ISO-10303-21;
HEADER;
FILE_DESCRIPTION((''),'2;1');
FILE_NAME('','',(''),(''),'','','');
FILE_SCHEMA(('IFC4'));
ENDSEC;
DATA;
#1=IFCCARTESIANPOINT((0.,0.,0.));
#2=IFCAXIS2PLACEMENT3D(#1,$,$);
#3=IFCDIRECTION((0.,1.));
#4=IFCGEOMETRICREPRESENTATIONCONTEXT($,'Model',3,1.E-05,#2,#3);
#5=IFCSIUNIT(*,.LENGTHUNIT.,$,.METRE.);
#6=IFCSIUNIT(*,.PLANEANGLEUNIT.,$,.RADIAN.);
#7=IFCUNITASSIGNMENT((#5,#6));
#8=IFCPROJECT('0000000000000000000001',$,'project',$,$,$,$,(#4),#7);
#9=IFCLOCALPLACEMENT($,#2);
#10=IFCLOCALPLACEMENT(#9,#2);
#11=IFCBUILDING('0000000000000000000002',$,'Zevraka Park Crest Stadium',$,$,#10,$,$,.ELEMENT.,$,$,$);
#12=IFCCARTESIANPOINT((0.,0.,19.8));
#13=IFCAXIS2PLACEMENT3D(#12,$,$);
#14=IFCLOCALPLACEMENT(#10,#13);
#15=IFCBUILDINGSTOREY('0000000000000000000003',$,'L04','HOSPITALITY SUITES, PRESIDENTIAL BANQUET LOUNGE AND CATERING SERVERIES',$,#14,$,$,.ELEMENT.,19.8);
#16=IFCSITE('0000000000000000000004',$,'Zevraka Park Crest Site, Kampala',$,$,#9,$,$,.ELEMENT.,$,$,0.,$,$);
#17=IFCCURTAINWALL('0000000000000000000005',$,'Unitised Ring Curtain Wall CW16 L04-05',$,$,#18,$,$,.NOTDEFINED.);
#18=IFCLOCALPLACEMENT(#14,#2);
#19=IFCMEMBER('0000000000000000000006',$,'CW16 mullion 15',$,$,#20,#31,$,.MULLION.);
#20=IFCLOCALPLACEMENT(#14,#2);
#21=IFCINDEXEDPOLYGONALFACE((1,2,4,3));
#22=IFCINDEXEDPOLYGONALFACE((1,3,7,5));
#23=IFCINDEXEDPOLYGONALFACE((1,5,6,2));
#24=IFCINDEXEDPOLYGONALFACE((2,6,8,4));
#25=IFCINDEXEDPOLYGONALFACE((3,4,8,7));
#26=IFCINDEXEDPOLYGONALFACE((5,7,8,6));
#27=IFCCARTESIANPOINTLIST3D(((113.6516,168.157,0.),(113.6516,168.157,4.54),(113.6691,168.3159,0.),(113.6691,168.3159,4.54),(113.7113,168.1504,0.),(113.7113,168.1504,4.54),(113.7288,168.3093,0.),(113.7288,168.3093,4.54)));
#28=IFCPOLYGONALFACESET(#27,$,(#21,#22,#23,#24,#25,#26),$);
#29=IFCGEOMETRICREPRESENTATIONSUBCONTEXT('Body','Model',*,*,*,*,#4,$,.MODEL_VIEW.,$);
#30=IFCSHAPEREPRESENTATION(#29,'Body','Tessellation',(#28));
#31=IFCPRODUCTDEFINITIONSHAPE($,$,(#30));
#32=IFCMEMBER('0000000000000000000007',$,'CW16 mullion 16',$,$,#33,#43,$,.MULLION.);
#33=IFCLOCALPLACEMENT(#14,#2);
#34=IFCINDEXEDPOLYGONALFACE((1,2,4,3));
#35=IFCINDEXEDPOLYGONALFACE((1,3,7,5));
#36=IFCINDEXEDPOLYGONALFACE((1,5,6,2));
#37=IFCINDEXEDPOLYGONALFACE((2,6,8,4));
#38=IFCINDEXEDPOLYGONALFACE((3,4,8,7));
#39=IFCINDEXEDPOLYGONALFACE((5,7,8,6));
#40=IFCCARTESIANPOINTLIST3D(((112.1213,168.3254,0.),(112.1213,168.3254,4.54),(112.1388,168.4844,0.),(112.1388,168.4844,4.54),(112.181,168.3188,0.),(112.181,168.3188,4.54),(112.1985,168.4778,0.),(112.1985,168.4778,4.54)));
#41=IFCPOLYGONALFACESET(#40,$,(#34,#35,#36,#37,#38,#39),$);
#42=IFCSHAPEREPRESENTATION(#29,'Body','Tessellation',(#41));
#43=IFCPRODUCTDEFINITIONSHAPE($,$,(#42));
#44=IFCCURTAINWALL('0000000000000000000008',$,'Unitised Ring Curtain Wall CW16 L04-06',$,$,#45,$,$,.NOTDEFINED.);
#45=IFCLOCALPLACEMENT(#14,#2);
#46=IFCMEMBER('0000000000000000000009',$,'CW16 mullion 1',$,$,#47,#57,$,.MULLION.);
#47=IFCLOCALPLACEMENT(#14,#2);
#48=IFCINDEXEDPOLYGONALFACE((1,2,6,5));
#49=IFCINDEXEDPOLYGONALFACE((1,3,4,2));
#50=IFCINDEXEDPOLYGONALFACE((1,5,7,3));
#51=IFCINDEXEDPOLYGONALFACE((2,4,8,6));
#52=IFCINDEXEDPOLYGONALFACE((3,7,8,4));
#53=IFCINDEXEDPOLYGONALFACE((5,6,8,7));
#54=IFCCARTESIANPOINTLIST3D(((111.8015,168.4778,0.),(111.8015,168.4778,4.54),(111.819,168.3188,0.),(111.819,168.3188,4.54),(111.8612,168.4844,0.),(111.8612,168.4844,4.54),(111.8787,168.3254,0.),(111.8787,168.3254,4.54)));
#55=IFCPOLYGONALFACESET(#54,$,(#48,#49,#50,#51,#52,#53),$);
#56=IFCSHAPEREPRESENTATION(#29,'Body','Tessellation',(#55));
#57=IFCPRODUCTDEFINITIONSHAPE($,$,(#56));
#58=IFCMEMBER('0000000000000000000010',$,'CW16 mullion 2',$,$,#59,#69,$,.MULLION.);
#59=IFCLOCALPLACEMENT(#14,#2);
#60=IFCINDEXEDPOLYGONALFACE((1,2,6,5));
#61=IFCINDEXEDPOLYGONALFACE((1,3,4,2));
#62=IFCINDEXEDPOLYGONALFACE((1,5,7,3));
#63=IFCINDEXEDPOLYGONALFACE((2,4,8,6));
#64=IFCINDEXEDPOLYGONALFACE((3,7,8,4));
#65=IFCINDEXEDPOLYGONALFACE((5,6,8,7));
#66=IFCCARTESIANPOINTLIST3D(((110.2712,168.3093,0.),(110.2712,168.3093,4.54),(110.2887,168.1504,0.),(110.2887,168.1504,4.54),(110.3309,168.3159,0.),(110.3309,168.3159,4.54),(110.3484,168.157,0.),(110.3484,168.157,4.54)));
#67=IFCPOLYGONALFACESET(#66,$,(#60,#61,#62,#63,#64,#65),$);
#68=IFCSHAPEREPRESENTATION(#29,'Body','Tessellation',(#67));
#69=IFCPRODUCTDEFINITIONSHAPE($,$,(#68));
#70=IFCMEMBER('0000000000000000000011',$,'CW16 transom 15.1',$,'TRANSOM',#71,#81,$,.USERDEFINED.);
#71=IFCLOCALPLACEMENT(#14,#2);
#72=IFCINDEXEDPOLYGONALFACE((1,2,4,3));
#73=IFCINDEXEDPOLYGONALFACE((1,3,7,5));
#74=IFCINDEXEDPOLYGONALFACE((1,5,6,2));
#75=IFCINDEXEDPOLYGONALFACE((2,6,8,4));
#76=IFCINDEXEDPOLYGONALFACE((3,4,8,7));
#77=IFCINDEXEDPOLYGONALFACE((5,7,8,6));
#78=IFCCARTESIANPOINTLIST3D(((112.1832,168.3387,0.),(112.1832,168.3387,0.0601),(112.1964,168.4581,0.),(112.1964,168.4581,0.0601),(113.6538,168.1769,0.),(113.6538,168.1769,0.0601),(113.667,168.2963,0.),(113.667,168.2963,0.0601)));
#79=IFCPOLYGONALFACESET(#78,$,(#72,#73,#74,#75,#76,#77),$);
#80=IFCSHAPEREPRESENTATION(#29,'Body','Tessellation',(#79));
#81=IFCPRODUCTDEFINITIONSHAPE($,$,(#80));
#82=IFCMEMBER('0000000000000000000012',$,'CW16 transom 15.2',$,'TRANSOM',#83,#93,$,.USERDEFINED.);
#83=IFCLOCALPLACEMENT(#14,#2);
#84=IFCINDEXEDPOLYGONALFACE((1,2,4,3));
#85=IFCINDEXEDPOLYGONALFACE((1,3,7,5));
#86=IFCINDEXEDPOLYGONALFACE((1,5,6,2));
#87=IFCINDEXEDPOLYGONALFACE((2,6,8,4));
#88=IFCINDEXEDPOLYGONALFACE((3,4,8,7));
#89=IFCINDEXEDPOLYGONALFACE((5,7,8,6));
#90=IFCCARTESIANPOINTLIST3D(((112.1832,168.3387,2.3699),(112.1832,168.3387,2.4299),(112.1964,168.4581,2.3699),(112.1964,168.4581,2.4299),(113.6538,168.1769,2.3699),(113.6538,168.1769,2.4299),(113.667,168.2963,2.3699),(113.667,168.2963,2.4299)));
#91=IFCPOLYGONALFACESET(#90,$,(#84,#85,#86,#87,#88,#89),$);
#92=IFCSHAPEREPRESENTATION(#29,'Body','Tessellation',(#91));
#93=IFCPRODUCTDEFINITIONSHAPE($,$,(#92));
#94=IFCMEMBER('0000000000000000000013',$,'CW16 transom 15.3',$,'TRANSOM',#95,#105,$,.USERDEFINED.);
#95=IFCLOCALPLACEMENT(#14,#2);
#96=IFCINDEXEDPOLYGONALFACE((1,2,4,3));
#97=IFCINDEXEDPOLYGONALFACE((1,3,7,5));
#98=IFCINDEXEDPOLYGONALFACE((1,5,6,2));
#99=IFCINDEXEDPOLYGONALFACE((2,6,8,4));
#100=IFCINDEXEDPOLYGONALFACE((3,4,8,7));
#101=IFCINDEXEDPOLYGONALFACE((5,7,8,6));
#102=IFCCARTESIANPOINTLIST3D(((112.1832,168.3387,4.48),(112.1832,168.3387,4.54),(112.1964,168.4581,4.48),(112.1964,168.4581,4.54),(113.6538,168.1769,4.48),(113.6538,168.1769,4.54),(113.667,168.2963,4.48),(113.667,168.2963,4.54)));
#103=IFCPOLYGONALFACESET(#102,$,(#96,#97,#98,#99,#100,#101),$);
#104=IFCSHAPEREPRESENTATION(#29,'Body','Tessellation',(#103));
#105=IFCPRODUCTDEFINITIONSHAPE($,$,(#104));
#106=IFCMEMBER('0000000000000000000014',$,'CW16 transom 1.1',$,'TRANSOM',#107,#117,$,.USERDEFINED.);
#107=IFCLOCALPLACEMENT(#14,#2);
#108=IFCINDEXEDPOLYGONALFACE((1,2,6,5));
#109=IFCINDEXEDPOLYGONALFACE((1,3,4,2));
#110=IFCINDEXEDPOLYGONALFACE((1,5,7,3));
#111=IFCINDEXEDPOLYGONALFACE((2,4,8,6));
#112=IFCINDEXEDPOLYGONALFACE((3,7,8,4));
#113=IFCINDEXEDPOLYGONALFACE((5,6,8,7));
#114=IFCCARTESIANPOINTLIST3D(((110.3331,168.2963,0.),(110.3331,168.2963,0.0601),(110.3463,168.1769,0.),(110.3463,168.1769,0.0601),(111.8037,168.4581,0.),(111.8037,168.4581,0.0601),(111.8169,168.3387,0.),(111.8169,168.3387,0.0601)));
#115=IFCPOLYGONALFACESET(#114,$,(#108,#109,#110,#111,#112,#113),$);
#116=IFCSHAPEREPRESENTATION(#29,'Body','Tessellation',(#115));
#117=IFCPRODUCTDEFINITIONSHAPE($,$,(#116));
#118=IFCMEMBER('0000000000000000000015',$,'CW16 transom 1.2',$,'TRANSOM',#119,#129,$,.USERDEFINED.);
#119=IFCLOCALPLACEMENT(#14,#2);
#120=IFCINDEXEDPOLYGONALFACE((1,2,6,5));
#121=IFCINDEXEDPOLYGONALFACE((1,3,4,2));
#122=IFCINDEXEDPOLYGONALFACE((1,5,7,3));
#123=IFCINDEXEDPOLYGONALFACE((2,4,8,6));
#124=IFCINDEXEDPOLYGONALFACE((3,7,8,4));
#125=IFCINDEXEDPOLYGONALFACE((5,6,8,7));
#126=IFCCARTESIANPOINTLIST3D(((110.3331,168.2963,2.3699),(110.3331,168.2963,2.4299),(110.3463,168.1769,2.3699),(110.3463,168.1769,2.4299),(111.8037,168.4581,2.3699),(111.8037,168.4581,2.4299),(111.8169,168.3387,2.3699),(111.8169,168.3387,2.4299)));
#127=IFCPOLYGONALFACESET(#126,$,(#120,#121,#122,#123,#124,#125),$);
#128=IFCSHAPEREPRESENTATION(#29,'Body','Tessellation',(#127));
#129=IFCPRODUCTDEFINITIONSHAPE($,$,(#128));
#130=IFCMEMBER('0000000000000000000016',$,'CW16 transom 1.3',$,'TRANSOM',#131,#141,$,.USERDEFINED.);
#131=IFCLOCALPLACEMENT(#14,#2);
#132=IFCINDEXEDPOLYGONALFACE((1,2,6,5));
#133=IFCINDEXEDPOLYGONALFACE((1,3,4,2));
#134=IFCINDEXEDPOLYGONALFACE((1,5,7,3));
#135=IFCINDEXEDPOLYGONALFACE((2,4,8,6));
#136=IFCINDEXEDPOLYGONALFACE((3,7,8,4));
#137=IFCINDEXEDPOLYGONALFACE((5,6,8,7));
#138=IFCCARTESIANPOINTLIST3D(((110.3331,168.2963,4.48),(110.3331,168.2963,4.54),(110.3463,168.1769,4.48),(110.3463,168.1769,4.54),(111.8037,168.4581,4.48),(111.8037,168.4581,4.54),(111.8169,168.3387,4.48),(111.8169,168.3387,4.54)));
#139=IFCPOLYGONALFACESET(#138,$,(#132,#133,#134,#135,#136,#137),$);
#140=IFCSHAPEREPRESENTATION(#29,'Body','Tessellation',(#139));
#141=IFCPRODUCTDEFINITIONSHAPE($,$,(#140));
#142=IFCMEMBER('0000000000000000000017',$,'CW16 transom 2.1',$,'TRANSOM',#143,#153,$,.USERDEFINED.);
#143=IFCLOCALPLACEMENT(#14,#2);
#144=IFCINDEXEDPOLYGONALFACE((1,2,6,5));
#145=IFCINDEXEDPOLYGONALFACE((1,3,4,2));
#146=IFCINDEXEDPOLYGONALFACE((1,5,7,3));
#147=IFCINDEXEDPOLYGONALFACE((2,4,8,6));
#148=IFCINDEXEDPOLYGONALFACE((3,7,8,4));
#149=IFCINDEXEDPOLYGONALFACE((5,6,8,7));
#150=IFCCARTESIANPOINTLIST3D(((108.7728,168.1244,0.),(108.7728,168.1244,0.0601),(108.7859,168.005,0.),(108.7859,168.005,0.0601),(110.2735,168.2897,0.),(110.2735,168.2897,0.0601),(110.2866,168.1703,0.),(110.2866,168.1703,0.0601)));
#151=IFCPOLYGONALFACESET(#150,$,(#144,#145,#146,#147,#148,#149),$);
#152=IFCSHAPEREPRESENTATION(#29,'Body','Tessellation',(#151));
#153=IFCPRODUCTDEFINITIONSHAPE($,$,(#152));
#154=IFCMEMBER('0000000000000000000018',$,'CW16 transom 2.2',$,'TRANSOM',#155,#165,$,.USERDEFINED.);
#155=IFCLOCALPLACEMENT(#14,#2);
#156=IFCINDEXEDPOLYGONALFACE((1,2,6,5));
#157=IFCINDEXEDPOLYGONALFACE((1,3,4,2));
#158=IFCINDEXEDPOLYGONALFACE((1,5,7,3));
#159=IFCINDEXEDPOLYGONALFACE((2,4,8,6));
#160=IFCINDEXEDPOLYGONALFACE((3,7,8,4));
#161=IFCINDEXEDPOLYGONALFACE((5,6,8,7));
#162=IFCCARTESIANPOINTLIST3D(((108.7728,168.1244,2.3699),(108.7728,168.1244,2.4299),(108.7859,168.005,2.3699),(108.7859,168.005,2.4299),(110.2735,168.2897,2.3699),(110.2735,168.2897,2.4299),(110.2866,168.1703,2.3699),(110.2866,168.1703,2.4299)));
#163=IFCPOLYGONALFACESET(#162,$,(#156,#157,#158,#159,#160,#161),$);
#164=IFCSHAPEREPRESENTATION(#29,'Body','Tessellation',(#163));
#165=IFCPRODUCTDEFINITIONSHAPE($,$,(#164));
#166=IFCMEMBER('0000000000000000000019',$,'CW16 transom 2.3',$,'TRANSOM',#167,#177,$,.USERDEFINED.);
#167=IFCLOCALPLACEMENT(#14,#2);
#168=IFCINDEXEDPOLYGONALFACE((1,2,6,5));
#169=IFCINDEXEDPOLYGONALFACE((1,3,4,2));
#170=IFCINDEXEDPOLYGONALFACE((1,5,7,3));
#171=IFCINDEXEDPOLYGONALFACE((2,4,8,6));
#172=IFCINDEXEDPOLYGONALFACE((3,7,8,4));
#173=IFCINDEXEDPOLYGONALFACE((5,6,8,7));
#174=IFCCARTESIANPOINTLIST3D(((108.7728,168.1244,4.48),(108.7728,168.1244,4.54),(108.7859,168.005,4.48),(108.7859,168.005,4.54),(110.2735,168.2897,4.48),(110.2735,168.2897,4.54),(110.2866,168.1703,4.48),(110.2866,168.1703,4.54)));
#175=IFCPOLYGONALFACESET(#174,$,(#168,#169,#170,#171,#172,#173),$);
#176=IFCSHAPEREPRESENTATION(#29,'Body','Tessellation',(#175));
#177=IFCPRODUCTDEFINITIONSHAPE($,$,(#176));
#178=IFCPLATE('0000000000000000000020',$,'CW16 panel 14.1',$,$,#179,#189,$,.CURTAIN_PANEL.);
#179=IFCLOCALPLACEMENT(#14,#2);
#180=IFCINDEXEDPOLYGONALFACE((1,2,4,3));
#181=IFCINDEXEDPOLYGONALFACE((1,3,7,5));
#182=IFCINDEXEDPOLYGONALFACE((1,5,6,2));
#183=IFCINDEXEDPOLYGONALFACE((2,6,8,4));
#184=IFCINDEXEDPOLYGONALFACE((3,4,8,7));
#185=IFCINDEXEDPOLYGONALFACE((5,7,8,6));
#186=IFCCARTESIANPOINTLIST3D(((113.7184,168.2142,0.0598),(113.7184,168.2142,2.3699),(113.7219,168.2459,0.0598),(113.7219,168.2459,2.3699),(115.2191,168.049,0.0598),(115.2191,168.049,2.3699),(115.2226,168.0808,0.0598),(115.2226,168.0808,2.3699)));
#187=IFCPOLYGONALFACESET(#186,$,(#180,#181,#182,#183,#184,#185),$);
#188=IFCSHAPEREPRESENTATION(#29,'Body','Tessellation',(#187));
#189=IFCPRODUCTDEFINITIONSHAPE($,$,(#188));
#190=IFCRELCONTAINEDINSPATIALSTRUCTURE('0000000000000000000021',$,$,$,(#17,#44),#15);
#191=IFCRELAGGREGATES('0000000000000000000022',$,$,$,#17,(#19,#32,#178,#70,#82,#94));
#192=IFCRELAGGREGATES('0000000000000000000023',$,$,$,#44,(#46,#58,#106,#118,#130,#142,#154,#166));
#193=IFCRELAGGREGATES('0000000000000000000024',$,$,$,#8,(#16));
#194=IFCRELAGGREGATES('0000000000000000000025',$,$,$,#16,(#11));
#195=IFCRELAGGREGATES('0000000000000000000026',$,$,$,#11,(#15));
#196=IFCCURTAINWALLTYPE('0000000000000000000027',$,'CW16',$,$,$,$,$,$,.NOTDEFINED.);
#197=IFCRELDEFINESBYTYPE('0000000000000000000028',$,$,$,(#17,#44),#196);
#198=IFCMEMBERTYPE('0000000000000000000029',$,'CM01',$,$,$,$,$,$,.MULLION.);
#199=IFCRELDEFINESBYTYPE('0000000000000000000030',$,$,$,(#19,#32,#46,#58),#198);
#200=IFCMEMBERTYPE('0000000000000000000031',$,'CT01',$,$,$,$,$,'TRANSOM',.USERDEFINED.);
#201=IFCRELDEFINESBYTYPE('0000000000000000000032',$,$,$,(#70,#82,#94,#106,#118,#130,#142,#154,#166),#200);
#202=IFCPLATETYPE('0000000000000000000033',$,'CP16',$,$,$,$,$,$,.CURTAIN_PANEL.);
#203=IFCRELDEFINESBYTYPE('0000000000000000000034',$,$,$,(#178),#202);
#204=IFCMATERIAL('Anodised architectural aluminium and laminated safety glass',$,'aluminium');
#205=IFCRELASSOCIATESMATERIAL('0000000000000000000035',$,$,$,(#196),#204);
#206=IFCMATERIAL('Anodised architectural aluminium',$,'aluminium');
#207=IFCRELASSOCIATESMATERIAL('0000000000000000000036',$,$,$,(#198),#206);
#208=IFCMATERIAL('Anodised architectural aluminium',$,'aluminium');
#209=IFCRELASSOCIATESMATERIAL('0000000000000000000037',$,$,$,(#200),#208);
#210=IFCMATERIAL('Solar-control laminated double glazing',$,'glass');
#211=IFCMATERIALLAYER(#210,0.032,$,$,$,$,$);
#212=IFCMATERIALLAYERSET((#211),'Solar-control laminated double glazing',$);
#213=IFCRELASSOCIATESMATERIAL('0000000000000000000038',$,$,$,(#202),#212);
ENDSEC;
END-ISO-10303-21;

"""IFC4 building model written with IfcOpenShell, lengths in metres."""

from ifc_helpers import new_model, si_unit, direction, frame, origin, origin_2d, place, context, subcontext, project, spatial, rectangle, extrude, material, layer, layer_set, material_profile, profile_set, type_object, element, aggregate, save


model = new_model("IFC4")

# Units and contexts
model_context = context("Model", 3, precision=1e-05, world=origin(), true_north=direction((0.0, 1.0)))
body_context = subcontext(model_context, "Body", "Model", "MODEL_VIEW")
ifc_project = project(units=[si_unit("LENGTHUNIT", "METRE"), si_unit("PLANEANGLEUNIT", "RADIAN")], contexts=[model_context])

# Site, building, storey
site_placement = place(None, origin())
site = spatial("IfcSite", under=ifc_project, at=site_placement, Name="Zevraka Park Crest Site, Kampala", CompositionType="ELEMENT", RefElevation=0.0)
building_placement = place(site_placement, origin())
building = spatial("IfcBuilding", under=site, at=building_placement, Name="Zevraka Park Crest Stadium", CompositionType="ELEMENT")
storey_placement = place(building_placement, frame((0.0, 0.0, 19.8)))
storey = spatial("IfcBuildingStorey", under=building, at=storey_placement, Name="L04", Description="HOSPITALITY SUITES, PRESIDENTIAL BANQUET LOUNGE AND CATERING SERVERIES", CompositionType="ELEMENT", Elevation=19.8)

# Curtain walls, members
ifc_material_1 = material(Name="Anodised architectural aluminium and laminated safety glass", Category="aluminium")
curtain_wall_type = type_object("IfcCurtainWallType", Name="CW16", PredefinedType="NOTDEFINED", material=ifc_material_1)
curtain_wall_1_placement = place(storey_placement, origin())
curtain_wall_1 = element("IfcCurtainWall", 1, at=curtain_wall_1_placement, inside=storey, type_object=curtain_wall_type, Name="Unitised Ring Curtain Wall CW16 L04-05", PredefinedType="NOTDEFINED")
ifc_material_2 = material(Name="Anodised architectural aluminium", Category="aluminium")
ifc_material_profile_1 = material_profile(ifc_material_2, rectangle(XDim=0.1599, YDim=0.0601, at=origin_2d()), Name="ALU MULLION 160x60")
ifc_profile_set_1 = profile_set([ifc_material_profile_1], Name="Anodised architectural aluminium")
member_type_1 = type_object("IfcMemberType", Name="CM01", PredefinedType="MULLION", material=ifc_profile_set_1)
member_1_placement = place(storey_placement, frame((113.6902, 168.2332, 0.0), z_axis=(0.0, 0.0, 1.0), x_axis=(-0.109406, -0.993997, 0.0)))
member_1 = element("IfcMember", 2, at=member_1_placement, type_object=member_type_1, Name="CW16 mullion 15", PredefinedType="MULLION", context=body_context, shape_type="SweptSolid", body=[
    extrude(rectangle(XDim=0.1599, YDim=0.0601, at=origin_2d()), origin(), (0.0, 0.0, 1.0), 4.54),
])
member_2_placement = place(storey_placement, frame((112.1599, 168.4016, 0.0), z_axis=(0.0, 0.0, 1.0), x_axis=(-0.109406, -0.993997, 0.0)))
member_2 = element("IfcMember", 3, at=member_2_placement, type_object=member_type_1, Name="CW16 mullion 16", PredefinedType="MULLION", context=body_context, shape_type="SweptSolid", body=[
    extrude(rectangle(XDim=0.1599, YDim=0.0601, at=origin_2d()), origin(), (0.0, 0.0, 1.0), 4.54),
])
curtain_wall_2_placement = place(storey_placement, origin())
curtain_wall_2 = element("IfcCurtainWall", 4, at=curtain_wall_2_placement, inside=storey, type_object=curtain_wall_type, Name="Unitised Ring Curtain Wall CW16 L04-06", PredefinedType="NOTDEFINED")
member_3_placement = place(storey_placement, frame((111.8401, 168.4016, 0.0), z_axis=(0.0, 0.0, 1.0), x_axis=(0.109406, -0.993997, 0.0)))
member_3 = element("IfcMember", 5, at=member_3_placement, type_object=member_type_1, Name="CW16 mullion 1", PredefinedType="MULLION", context=body_context, shape_type="SweptSolid", body=[
    extrude(rectangle(XDim=0.1599, YDim=0.0601, at=origin_2d()), origin(), (0.0, 0.0, 1.0), 4.54),
])
member_4_placement = place(storey_placement, frame((110.3098, 168.2332, 0.0), z_axis=(0.0, 0.0, 1.0), x_axis=(0.109406, -0.993997, 0.0)))
member_4 = element("IfcMember", 6, at=member_4_placement, type_object=member_type_1, Name="CW16 mullion 2", PredefinedType="MULLION", context=body_context, shape_type="SweptSolid", body=[
    extrude(rectangle(XDim=0.1599, YDim=0.0601, at=origin_2d()), origin(), (0.0, 0.0, 1.0), 4.54),
])

# Members
ifc_material_3 = material(Name="Anodised architectural aluminium", Category="aluminium")
ifc_material_profile_2 = material_profile(ifc_material_3, rectangle(XDim=0.1201, YDim=0.0601, at=origin_2d()), Name="ALU TRANSOM 120x60")
ifc_profile_set_2 = profile_set([ifc_material_profile_2], Name="Anodised architectural aluminium")
member_type_2 = type_object("IfcMemberType", Name="CT01", ElementType="TRANSOM", PredefinedType="USERDEFINED", material=ifc_profile_set_2)
member_5_placement = place(storey_placement, frame((113.6604, 168.2366, 0.03), z_axis=(-0.993998, 0.109399, 0.0), x_axis=(-0.109399, -0.993998, 0.0)))
member_5 = element("IfcMember", 7, at=member_5_placement, type_object=member_type_2, Name="CW16 transom 15.1", ObjectType="TRANSOM", PredefinedType="USERDEFINED", context=body_context, shape_type="SweptSolid", body=[
    extrude(rectangle(XDim=0.1201, YDim=0.0601, at=origin_2d()), origin(), (0.0, 0.0, 1.0), 1.4795),
])
member_6_placement = place(storey_placement, frame((113.6604, 168.2366, 2.3999), z_axis=(-0.993998, 0.109399, 0.0), x_axis=(-0.109399, -0.993998, 0.0)))
member_6 = element("IfcMember", 8, at=member_6_placement, type_object=member_type_2, Name="CW16 transom 15.2", ObjectType="TRANSOM", PredefinedType="USERDEFINED", context=body_context, shape_type="SweptSolid", body=[
    extrude(rectangle(XDim=0.1201, YDim=0.0601, at=origin_2d()), origin(), (0.0, 0.0, 1.0), 1.4795),
])
member_7_placement = place(storey_placement, frame((113.6604, 168.2366, 4.51), z_axis=(-0.993998, 0.109399, 0.0), x_axis=(-0.109399, -0.993998, 0.0)))
member_7 = element("IfcMember", 9, at=member_7_placement, type_object=member_type_2, Name="CW16 transom 15.3", ObjectType="TRANSOM", PredefinedType="USERDEFINED", context=body_context, shape_type="SweptSolid", body=[
    extrude(rectangle(XDim=0.1201, YDim=0.0601, at=origin_2d()), origin(), (0.0, 0.0, 1.0), 1.4795),
])
member_8_placement = place(storey_placement, frame((111.8103, 168.3984, 0.03), z_axis=(-0.993998, -0.109399, 0.0), x_axis=(0.109399, -0.993998, 0.0)))
member_8 = element("IfcMember", 10, at=member_8_placement, type_object=member_type_2, Name="CW16 transom 1.1", ObjectType="TRANSOM", PredefinedType="USERDEFINED", context=body_context, shape_type="SweptSolid", body=[
    extrude(rectangle(XDim=0.1201, YDim=0.0601, at=origin_2d()), origin(), (0.0, 0.0, 1.0), 1.4795),
])
member_9_placement = place(storey_placement, frame((111.8103, 168.3984, 2.3999), z_axis=(-0.993998, -0.109399, 0.0), x_axis=(0.109399, -0.993998, 0.0)))
member_9 = element("IfcMember", 11, at=member_9_placement, type_object=member_type_2, Name="CW16 transom 1.2", ObjectType="TRANSOM", PredefinedType="USERDEFINED", context=body_context, shape_type="SweptSolid", body=[
    extrude(rectangle(XDim=0.1201, YDim=0.0601, at=origin_2d()), origin(), (0.0, 0.0, 1.0), 1.4795),
])
member_10_placement = place(storey_placement, frame((111.8103, 168.3984, 4.51), z_axis=(-0.993998, -0.109399, 0.0), x_axis=(0.109399, -0.993998, 0.0)))
member_10 = element("IfcMember", 12, at=member_10_placement, type_object=member_type_2, Name="CW16 transom 1.3", ObjectType="TRANSOM", PredefinedType="USERDEFINED", context=body_context, shape_type="SweptSolid", body=[
    extrude(rectangle(XDim=0.1201, YDim=0.0601, at=origin_2d()), origin(), (0.0, 0.0, 1.0), 1.4795),
])
member_11_placement = place(storey_placement, frame((110.28, 168.23, 0.03), z_axis=(-0.99399, -0.109473, 0.0), x_axis=(0.109473, -0.99399, 0.0)))
member_11 = element("IfcMember", 13, at=member_11_placement, type_object=member_type_2, Name="CW16 transom 2.1", ObjectType="TRANSOM", PredefinedType="USERDEFINED", context=body_context, shape_type="SweptSolid", body=[
    extrude(rectangle(XDim=0.1201, YDim=0.0601, at=origin_2d()), origin(), (0.0, 0.0, 1.0), 1.5098),
])
member_12_placement = place(storey_placement, frame((110.28, 168.23, 2.3999), z_axis=(-0.99399, -0.109473, 0.0), x_axis=(0.109473, -0.99399, 0.0)))
member_12 = element("IfcMember", 14, at=member_12_placement, type_object=member_type_2, Name="CW16 transom 2.2", ObjectType="TRANSOM", PredefinedType="USERDEFINED", context=body_context, shape_type="SweptSolid", body=[
    extrude(rectangle(XDim=0.1201, YDim=0.0601, at=origin_2d()), origin(), (0.0, 0.0, 1.0), 1.5098),
])
member_13_placement = place(storey_placement, frame((110.28, 168.23, 4.51), z_axis=(-0.99399, -0.109473, 0.0), x_axis=(0.109473, -0.99399, 0.0)))
member_13 = element("IfcMember", 15, at=member_13_placement, type_object=member_type_2, Name="CW16 transom 2.3", ObjectType="TRANSOM", PredefinedType="USERDEFINED", context=body_context, shape_type="SweptSolid", body=[
    extrude(rectangle(XDim=0.1201, YDim=0.0601, at=origin_2d()), origin(), (0.0, 0.0, 1.0), 1.5098),
])

# Plate
ifc_material_4 = material(Name="Solar-control laminated double glazing", Category="glass")
ifc_layer_1 = layer(ifc_material_4, 0.032)
ifc_layer_set_1 = layer_set([ifc_layer_1], Name="Solar-control laminated double glazing")
plate_type = type_object("IfcPlateType", Name="CP16", PredefinedType="CURTAIN_PANEL", material=ifc_layer_set_1)
plate_1_placement = place(storey_placement, frame((114.4705, 168.1475, 0.0598), z_axis=(0.0, 0.0, 1.0), x_axis=(-0.993997, 0.109406, 0.0)))
plate_1 = element("IfcPlate", 16, at=plate_1_placement, type_object=plate_type, Name="CW16 panel 14.1", PredefinedType="CURTAIN_PANEL", context=body_context, shape_type="SweptSolid", body=[
    extrude(rectangle(XDim=1.5098, YDim=0.032, at=origin_2d()), origin(), (0.0, 0.0, 1.0), 2.3101),
])
aggregate(curtain_wall_1, [member_1, member_2, plate_1, member_5, member_6, member_7])
aggregate(curtain_wall_2, [member_3, member_4, member_8, member_9, member_10, member_11, member_12, member_13])

save(model, "model.ifc")
